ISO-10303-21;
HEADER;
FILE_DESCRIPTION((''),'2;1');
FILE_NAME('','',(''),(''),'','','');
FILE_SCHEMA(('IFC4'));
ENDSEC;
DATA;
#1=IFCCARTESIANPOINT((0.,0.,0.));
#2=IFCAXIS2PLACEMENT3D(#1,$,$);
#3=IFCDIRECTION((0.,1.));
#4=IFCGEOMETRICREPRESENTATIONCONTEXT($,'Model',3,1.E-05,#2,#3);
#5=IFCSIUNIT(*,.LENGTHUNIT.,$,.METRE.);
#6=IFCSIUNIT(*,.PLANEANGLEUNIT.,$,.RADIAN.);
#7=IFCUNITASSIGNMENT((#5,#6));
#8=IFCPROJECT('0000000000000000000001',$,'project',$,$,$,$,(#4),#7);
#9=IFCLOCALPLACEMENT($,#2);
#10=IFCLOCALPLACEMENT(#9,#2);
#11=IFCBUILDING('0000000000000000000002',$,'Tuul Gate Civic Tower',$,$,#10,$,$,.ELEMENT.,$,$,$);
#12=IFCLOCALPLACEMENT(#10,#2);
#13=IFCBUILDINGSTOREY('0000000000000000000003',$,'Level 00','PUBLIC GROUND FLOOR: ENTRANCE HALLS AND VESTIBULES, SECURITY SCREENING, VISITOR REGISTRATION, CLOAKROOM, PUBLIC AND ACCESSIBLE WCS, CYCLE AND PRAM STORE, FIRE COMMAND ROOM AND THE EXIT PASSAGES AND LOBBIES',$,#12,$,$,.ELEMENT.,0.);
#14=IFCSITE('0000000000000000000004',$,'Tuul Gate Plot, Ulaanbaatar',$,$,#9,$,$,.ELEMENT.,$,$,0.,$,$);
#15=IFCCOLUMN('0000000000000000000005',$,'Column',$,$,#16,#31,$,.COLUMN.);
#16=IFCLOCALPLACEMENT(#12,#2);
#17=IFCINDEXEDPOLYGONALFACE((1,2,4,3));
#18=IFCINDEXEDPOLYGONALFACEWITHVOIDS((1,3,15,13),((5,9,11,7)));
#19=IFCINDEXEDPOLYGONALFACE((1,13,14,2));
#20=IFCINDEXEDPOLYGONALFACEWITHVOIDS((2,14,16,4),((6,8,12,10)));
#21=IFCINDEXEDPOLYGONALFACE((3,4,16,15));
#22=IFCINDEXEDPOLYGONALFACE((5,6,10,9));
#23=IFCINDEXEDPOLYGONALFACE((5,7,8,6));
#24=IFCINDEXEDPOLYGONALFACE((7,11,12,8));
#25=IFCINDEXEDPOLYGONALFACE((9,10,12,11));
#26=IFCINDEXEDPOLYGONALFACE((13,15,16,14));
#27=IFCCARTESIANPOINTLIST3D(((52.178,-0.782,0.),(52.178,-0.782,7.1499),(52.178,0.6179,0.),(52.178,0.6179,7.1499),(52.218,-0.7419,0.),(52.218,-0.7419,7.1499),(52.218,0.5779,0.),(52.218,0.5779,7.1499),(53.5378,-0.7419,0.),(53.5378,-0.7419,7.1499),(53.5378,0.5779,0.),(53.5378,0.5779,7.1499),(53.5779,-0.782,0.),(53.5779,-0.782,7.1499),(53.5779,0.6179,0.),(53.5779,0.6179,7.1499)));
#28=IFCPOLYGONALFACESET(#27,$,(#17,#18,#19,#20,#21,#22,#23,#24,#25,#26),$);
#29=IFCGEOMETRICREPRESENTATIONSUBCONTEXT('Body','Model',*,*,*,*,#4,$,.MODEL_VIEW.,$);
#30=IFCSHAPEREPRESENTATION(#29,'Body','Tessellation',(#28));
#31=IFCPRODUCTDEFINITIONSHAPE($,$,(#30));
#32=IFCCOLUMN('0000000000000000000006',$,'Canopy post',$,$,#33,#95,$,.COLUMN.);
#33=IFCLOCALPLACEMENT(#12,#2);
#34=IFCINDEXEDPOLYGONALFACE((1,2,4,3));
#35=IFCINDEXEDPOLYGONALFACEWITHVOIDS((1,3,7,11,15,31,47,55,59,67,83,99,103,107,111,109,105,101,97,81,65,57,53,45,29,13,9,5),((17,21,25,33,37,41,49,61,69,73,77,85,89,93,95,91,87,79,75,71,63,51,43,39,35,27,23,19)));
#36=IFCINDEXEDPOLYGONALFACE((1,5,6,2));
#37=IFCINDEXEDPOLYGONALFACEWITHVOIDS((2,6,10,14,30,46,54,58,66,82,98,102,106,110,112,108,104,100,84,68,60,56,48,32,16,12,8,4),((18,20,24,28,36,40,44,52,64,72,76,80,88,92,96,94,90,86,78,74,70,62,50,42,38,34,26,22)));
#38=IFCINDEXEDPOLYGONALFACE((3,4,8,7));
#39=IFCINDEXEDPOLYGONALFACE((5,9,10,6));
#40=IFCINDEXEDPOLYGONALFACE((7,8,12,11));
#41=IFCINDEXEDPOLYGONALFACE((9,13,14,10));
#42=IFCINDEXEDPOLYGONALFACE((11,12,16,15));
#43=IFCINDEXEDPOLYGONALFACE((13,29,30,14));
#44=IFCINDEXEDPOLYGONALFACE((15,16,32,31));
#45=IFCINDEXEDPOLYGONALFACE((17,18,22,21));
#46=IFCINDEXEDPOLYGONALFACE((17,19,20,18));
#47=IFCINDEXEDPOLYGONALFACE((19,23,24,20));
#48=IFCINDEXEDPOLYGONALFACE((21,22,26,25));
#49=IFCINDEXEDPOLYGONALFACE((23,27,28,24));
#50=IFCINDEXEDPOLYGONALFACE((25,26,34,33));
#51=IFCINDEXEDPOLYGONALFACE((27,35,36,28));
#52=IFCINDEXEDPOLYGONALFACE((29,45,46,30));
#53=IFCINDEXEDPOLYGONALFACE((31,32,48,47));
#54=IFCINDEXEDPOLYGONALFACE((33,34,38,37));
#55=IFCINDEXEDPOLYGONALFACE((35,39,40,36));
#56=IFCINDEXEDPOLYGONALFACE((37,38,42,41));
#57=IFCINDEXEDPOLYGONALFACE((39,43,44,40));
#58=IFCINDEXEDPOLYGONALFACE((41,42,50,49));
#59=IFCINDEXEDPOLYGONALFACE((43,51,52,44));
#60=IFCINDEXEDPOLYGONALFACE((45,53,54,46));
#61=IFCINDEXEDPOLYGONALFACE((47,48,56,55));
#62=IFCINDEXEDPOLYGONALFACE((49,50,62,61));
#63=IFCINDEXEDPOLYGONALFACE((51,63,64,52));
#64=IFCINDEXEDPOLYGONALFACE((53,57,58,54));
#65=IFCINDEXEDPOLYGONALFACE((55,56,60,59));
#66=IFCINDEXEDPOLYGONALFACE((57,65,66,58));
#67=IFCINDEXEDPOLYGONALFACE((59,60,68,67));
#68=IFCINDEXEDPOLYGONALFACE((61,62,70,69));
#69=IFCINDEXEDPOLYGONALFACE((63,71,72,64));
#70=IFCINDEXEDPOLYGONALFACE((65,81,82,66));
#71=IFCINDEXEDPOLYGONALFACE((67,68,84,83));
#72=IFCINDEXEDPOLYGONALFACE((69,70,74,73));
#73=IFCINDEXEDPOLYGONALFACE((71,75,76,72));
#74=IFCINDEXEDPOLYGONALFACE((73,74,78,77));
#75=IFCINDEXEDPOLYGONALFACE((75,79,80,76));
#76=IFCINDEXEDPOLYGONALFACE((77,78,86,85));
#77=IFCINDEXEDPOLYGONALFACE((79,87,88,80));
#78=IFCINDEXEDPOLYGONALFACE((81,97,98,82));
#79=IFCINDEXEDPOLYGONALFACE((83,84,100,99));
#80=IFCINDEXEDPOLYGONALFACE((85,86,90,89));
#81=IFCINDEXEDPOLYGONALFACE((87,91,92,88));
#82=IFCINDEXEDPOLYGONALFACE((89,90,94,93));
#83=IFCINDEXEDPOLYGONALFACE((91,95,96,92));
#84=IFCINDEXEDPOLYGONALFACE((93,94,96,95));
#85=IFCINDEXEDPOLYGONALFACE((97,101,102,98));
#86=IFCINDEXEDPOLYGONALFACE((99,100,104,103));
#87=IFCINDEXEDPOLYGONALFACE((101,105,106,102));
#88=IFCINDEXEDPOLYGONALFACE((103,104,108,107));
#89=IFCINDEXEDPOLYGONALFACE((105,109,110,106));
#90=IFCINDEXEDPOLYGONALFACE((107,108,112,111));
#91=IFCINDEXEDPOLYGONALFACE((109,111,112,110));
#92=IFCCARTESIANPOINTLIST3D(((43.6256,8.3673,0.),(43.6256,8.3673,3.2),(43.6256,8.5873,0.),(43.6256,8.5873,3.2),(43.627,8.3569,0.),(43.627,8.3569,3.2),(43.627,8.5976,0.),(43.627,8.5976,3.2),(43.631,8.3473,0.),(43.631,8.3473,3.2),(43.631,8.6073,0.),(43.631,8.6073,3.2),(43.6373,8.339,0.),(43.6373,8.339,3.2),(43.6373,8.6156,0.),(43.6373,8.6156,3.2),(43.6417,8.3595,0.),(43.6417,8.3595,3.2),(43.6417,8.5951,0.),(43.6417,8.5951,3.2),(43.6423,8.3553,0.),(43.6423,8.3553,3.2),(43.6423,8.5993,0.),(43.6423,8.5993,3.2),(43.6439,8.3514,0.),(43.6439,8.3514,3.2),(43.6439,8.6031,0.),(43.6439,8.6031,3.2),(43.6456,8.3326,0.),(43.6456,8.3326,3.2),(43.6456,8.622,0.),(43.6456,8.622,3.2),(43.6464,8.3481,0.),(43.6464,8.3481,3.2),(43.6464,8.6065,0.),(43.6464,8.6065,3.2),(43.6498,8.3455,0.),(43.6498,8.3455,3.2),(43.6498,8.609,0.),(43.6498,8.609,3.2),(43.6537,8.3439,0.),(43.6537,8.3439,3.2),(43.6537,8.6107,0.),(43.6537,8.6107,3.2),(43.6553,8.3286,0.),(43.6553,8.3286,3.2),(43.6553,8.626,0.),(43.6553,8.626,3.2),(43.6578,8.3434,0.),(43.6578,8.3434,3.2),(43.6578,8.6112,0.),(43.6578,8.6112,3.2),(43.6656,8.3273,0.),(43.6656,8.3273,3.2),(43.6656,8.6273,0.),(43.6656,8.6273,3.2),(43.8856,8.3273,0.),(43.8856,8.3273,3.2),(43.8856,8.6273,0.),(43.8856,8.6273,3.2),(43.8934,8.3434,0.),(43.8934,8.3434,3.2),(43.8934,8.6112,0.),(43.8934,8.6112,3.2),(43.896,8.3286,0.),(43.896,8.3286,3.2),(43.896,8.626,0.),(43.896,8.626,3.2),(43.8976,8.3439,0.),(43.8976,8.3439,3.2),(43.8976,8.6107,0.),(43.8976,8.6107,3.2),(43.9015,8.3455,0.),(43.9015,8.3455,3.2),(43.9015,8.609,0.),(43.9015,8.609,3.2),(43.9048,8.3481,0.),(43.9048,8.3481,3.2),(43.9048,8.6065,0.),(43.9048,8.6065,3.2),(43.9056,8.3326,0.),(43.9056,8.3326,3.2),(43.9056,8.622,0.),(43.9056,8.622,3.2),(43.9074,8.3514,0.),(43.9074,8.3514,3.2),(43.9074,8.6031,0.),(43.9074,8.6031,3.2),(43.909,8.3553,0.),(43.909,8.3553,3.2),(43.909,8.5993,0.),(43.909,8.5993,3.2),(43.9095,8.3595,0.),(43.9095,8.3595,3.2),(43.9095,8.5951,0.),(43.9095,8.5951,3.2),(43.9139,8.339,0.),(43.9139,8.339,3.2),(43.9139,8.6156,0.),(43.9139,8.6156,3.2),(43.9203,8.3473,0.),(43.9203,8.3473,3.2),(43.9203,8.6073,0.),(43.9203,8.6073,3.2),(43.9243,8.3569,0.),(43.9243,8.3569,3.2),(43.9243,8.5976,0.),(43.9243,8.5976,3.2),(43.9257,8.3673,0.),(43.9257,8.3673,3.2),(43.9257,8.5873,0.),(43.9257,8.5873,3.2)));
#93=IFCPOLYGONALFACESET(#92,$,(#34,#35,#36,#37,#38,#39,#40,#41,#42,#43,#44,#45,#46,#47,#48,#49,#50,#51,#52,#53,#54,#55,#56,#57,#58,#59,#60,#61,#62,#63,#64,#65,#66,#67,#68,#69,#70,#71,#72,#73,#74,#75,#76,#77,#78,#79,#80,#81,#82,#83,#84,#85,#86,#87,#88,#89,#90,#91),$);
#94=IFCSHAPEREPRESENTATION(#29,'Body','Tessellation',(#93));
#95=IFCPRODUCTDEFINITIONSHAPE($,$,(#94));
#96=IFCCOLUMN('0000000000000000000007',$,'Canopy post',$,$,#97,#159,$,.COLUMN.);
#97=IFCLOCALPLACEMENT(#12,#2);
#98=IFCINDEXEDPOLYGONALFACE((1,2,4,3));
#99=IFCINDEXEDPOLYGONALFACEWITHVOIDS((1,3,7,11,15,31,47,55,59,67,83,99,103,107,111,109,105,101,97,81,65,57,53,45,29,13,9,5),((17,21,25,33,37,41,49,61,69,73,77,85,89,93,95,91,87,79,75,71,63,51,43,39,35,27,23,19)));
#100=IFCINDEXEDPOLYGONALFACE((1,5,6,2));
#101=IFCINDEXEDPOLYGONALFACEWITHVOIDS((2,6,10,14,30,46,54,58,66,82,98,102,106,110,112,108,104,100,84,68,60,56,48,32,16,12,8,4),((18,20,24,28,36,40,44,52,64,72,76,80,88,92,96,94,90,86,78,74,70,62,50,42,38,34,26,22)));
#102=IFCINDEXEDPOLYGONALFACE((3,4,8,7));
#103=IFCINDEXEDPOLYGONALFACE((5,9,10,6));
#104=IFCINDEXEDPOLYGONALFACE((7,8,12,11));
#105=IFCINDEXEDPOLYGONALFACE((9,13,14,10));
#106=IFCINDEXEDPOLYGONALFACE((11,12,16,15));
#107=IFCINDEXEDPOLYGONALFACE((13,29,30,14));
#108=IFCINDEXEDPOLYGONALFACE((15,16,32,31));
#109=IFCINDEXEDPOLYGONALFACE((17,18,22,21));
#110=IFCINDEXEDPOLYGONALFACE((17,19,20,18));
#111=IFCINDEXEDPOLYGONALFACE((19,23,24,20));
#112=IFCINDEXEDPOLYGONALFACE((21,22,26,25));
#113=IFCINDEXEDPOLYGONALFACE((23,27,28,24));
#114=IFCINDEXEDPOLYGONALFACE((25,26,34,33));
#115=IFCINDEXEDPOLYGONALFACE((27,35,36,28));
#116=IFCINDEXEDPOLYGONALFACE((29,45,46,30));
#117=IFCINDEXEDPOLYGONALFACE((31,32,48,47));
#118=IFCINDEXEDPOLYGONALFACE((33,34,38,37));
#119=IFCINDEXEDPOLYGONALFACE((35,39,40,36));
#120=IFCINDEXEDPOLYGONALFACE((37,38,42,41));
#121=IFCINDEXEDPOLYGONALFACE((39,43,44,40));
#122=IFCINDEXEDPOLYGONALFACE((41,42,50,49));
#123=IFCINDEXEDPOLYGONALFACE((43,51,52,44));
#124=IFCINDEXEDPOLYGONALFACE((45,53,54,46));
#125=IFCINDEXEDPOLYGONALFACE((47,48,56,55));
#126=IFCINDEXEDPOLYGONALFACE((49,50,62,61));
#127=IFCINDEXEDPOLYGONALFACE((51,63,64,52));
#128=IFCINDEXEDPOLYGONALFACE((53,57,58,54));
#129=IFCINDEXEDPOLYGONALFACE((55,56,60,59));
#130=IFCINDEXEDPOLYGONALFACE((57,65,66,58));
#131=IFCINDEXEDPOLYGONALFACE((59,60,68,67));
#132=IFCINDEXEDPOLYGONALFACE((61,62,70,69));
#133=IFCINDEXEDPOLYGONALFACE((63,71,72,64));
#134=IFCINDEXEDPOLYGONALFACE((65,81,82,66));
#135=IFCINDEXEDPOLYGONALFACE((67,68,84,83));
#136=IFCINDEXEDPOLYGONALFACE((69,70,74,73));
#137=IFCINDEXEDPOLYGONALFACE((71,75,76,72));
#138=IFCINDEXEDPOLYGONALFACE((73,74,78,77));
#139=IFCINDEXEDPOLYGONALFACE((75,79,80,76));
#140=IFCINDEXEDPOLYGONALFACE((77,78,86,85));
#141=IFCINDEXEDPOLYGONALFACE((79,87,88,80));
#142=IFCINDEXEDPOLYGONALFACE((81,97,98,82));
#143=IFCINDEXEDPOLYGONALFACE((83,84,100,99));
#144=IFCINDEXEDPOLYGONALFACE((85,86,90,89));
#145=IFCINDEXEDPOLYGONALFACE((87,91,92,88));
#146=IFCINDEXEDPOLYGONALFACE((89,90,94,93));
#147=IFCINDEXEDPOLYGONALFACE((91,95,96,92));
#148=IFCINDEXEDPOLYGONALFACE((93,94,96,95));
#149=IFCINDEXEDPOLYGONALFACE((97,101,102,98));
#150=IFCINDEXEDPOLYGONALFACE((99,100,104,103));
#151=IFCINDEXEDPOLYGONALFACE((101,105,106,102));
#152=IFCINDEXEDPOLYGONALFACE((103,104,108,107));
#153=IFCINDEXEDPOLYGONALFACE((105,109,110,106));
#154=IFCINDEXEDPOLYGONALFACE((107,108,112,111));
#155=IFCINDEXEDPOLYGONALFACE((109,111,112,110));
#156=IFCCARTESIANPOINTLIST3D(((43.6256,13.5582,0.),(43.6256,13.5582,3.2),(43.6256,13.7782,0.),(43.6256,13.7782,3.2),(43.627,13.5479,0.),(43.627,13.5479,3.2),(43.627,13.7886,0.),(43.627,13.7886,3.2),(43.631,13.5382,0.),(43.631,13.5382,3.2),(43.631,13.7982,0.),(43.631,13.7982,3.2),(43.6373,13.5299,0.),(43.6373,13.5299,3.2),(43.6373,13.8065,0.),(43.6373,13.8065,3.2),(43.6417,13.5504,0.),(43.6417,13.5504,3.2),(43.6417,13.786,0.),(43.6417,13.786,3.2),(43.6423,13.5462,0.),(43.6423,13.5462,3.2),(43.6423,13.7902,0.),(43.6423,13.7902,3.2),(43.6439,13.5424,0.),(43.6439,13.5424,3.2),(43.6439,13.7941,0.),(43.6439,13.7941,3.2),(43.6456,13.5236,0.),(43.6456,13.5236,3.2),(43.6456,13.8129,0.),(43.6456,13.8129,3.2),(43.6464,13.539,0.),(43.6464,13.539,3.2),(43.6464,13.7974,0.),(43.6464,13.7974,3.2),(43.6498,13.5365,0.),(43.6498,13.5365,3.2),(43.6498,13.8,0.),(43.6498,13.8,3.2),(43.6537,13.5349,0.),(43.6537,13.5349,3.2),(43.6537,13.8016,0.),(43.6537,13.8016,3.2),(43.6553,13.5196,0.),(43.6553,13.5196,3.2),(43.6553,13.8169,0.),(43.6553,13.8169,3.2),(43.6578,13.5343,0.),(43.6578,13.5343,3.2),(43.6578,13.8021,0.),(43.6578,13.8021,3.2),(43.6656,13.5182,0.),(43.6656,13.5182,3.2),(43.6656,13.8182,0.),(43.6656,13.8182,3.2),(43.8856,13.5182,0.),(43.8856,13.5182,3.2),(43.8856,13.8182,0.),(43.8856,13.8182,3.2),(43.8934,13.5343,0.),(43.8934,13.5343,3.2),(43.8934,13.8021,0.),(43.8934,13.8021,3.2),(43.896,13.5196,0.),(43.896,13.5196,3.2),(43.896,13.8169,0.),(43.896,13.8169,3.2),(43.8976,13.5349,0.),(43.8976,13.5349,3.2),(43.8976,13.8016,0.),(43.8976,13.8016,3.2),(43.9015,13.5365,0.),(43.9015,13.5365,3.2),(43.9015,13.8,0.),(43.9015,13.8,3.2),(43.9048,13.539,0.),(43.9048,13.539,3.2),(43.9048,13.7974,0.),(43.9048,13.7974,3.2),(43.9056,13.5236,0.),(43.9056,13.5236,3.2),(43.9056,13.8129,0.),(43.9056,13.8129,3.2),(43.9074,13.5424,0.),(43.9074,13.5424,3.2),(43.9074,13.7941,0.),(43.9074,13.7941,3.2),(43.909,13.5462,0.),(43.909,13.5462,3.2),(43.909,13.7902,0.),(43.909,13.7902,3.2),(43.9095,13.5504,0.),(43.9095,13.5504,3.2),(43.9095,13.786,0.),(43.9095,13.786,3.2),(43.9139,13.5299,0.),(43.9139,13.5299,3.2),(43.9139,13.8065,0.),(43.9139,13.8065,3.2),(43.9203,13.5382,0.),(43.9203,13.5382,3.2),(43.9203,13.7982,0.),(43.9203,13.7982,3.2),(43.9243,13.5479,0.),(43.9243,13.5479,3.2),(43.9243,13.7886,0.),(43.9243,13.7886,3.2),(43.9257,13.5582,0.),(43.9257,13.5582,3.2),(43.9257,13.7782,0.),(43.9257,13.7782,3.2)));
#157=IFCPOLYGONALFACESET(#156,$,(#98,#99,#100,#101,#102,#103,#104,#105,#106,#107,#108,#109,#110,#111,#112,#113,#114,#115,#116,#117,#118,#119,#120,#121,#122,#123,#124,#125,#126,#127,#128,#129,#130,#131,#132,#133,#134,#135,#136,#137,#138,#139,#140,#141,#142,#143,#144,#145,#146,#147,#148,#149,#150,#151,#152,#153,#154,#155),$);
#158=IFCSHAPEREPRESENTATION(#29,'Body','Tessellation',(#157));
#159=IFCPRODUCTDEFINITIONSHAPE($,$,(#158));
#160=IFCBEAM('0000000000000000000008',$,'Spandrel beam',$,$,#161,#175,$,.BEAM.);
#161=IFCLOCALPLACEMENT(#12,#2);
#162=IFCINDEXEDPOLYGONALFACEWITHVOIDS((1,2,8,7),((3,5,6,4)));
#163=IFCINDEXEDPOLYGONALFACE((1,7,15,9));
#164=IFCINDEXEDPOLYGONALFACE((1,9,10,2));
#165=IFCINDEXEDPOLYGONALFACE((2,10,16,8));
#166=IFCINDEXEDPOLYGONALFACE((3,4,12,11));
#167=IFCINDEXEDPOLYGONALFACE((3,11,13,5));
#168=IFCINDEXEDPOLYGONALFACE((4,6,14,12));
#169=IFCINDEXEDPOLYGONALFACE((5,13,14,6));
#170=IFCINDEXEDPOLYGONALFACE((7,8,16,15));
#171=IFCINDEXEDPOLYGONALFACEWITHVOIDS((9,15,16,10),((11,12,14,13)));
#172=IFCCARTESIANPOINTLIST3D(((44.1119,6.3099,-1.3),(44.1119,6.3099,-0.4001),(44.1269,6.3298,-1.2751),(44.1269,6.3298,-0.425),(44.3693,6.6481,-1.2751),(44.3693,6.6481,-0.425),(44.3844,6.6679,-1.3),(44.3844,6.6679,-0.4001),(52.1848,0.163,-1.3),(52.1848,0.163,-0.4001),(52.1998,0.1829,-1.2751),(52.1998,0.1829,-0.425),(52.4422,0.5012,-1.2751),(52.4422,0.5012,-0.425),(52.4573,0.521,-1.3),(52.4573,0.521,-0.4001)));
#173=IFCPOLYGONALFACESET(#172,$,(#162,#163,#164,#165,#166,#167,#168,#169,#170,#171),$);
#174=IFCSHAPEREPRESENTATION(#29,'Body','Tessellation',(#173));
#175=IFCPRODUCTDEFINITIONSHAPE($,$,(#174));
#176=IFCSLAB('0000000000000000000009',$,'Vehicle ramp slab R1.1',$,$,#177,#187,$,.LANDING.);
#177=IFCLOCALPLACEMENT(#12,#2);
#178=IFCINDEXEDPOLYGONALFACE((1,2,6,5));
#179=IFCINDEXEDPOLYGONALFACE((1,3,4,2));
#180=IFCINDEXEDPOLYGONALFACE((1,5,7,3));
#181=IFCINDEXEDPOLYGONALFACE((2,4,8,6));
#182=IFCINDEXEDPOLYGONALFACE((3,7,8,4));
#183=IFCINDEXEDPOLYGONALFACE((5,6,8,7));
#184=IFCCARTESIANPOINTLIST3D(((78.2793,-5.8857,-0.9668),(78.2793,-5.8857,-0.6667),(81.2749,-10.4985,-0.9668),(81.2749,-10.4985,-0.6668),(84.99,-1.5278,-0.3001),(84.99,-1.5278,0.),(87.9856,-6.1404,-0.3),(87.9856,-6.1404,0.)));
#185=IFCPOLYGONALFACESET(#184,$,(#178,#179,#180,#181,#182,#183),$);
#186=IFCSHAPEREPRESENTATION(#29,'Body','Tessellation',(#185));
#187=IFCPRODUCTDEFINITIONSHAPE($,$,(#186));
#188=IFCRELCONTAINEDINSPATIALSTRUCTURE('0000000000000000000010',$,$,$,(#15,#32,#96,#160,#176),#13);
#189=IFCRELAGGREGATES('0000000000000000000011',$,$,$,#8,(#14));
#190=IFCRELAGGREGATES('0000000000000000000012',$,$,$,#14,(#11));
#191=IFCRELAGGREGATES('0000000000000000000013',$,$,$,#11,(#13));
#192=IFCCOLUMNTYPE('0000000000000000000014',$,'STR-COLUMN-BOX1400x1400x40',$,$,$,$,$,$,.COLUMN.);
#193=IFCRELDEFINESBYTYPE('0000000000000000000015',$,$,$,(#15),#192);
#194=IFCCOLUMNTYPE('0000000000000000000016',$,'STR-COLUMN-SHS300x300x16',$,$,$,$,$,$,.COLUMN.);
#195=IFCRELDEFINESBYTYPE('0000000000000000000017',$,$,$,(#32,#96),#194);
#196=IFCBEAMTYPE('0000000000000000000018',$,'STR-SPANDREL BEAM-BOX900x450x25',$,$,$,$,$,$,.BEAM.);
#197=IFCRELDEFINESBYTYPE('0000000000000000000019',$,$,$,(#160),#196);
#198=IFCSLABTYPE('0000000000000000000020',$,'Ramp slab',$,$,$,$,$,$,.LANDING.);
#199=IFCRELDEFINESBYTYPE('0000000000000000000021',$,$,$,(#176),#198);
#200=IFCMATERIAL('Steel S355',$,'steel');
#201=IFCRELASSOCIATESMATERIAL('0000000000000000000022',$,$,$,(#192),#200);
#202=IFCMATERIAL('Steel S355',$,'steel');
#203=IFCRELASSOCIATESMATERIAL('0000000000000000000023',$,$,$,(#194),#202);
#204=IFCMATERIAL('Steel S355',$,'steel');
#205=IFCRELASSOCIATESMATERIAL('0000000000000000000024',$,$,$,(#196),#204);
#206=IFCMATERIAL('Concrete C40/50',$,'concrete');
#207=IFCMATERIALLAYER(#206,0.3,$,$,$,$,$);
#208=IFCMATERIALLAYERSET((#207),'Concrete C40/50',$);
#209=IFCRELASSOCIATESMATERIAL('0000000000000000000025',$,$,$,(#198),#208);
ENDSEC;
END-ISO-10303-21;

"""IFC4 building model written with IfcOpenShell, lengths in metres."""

from ifc_helpers import new_model, si_unit, direction, frame, origin, origin_2d, place, context, subcontext, project, spatial, polyline, hollow_rectangle, outline, extrude, material, layer, layer_set, material_profile, profile_set, type_object, element, save


model = new_model("IFC4")

# Units and contexts
model_context = context("Model", 3, precision=1e-05, world=origin(), true_north=direction((0.0, 1.0)))
body_context = subcontext(model_context, "Body", "Model", "MODEL_VIEW")
ifc_project = project(units=[si_unit("LENGTHUNIT", "METRE"), si_unit("PLANEANGLEUNIT", "RADIAN")], contexts=[model_context])

# Site, building, storey
site_placement = place(None, origin())
site = spatial("IfcSite", under=ifc_project, at=site_placement, Name="Tuul Gate Plot, Ulaanbaatar", CompositionType="ELEMENT", RefElevation=0.0)
building_placement = place(site_placement, origin())
building = spatial("IfcBuilding", under=site, at=building_placement, Name="Tuul Gate Civic Tower", CompositionType="ELEMENT")
storey_placement = place(building_placement, origin())
storey = spatial("IfcBuildingStorey", under=building, at=storey_placement, Name="Level 00", Description="PUBLIC GROUND FLOOR: ENTRANCE HALLS AND VESTIBULES, SECURITY SCREENING, VISITOR REGISTRATION, CLOAKROOM, PUBLIC AND ACCESSIBLE WCS, CYCLE AND PRAM STORE, FIRE COMMAND ROOM AND THE EXIT PASSAGES AND LOBBIES", CompositionType="ELEMENT", Elevation=0.0)

# Columns
ifc_material_1 = material(Name="Steel S355", Category="steel")
ifc_material_profile_1 = material_profile(ifc_material_1, hollow_rectangle(XDim=1.3999, YDim=1.3999, WallThickness=0.04, at=origin_2d()), Name="BOX1400x1400x40")
ifc_profile_set_1 = profile_set([ifc_material_profile_1], Name="Steel S355")
column_type_1 = type_object("IfcColumnType", Name="STR-COLUMN-BOX1400x1400x40", PredefinedType="COLUMN", material=ifc_profile_set_1)
column_placement = place(storey_placement, frame((52.8779, -0.082, 0.0), z_axis=(0.0, 0.0, 1.0), x_axis=(1.0, 0.0, 0.0)))
element("IfcColumn", 1, at=column_placement, inside=storey, type_object=column_type_1, Name="Column", PredefinedType="COLUMN", context=body_context, shape_type="SweptSolid", body=[
    extrude(hollow_rectangle(XDim=1.3999, YDim=1.3999, WallThickness=0.04, at=origin_2d()), origin(), (0.0, 0.0, 1.0), 7.1499),
])
ifc_material_2 = material(Name="Steel S355", Category="steel")
ifc_material_profile_2 = material_profile(ifc_material_2, hollow_rectangle(XDim=0.3, YDim=0.3, WallThickness=0.0161, InnerFilletRadius=0.0161, OuterFilletRadius=0.04, at=origin_2d()), Name="SHS300x300x16")
ifc_profile_set_2 = profile_set([ifc_material_profile_2], Name="Steel S355")
column_type_2 = type_object("IfcColumnType", Name="STR-COLUMN-SHS300x300x16", PredefinedType="COLUMN", material=ifc_profile_set_2)
for number, where, z_axis, x_axis, name in (
    (2, (43.7756, 8.4773, 0.0), (0.0, 0.0, 1.0), (1.0, 0.0, 0.0), "Canopy post"),
    (3, (43.7756, 13.6682, 0.0), (0.0, 0.0, 1.0), (1.0, 0.0, 0.0), "Canopy post"),
):
    element("IfcColumn", number, at=place(storey_placement, frame(where, z_axis=z_axis, x_axis=x_axis)), inside=storey, type_object=column_type_2, Name=name, PredefinedType="COLUMN", context=body_context, shape_type="SweptSolid", body=[
        extrude(hollow_rectangle(XDim=0.3, YDim=0.3, WallThickness=0.0161, InnerFilletRadius=0.0161, OuterFilletRadius=0.04, at=origin_2d()), origin(), (0.0, 0.0, 1.0), 3.2),
    ])

# Beam
ifc_material_3 = material(Name="Steel S355", Category="steel")
ifc_material_profile_3 = material_profile(ifc_material_3, hollow_rectangle(XDim=0.45, YDim=0.8999, WallThickness=0.0249, at=origin_2d()), Name="BOX900x450x25")
ifc_profile_set_3 = profile_set([ifc_material_profile_3], Name="Steel S355")
beam_type = type_object("IfcBeamType", Name="STR-SPANDREL BEAM-BOX900x450x25", PredefinedType="BEAM", material=ifc_profile_set_3)
beam_placement = place(storey_placement, frame((52.321, 0.342, -0.8501), z_axis=(-0.795616, 0.605801, 0.0), x_axis=(-0.605801, -0.795616, 0.0)))
element("IfcBeam", 4, at=beam_placement, inside=storey, type_object=beam_type, Name="Spandrel beam", PredefinedType="BEAM", context=body_context, shape_type="SweptSolid", body=[
    extrude(hollow_rectangle(XDim=0.45, YDim=0.8999, WallThickness=0.0249, at=origin_2d()), origin(), (0.0, 0.0, 1.0), 10.1467),
])

# Slab
ifc_material_4 = material(Name="Concrete C40/50", Category="concrete")
ifc_layer_1 = layer(ifc_material_4, 0.3)
ifc_layer_set_1 = layer_set([ifc_layer_1], Name="Concrete C40/50")
slab_type = type_object("IfcSlabType", Name="Ramp slab", PredefinedType="LANDING", material=ifc_layer_set_1)
slab_placement = place(storey_placement, frame((87.9856, -6.1404, 0.0), z_axis=(-0.069642, -0.045227, 0.996546), x_axis=(-0.835764, -0.542774, -0.083039)))
element("IfcSlab", 5, at=slab_placement, inside=storey, type_object=slab_type, Name="Vehicle ramp slab R1.1", PredefinedType="LANDING", context=body_context, shape_type="SweptSolid", body=[
    extrude(outline(polyline([(0.0, 0.0), (8.0294, 0.0), (8.0293, -5.5001), (0.0, -5.4999), (0.0, 0.0)])), origin(), (0.083039, 0.0, -0.996546), 0.3),
])

save(model, "model.ifc")
